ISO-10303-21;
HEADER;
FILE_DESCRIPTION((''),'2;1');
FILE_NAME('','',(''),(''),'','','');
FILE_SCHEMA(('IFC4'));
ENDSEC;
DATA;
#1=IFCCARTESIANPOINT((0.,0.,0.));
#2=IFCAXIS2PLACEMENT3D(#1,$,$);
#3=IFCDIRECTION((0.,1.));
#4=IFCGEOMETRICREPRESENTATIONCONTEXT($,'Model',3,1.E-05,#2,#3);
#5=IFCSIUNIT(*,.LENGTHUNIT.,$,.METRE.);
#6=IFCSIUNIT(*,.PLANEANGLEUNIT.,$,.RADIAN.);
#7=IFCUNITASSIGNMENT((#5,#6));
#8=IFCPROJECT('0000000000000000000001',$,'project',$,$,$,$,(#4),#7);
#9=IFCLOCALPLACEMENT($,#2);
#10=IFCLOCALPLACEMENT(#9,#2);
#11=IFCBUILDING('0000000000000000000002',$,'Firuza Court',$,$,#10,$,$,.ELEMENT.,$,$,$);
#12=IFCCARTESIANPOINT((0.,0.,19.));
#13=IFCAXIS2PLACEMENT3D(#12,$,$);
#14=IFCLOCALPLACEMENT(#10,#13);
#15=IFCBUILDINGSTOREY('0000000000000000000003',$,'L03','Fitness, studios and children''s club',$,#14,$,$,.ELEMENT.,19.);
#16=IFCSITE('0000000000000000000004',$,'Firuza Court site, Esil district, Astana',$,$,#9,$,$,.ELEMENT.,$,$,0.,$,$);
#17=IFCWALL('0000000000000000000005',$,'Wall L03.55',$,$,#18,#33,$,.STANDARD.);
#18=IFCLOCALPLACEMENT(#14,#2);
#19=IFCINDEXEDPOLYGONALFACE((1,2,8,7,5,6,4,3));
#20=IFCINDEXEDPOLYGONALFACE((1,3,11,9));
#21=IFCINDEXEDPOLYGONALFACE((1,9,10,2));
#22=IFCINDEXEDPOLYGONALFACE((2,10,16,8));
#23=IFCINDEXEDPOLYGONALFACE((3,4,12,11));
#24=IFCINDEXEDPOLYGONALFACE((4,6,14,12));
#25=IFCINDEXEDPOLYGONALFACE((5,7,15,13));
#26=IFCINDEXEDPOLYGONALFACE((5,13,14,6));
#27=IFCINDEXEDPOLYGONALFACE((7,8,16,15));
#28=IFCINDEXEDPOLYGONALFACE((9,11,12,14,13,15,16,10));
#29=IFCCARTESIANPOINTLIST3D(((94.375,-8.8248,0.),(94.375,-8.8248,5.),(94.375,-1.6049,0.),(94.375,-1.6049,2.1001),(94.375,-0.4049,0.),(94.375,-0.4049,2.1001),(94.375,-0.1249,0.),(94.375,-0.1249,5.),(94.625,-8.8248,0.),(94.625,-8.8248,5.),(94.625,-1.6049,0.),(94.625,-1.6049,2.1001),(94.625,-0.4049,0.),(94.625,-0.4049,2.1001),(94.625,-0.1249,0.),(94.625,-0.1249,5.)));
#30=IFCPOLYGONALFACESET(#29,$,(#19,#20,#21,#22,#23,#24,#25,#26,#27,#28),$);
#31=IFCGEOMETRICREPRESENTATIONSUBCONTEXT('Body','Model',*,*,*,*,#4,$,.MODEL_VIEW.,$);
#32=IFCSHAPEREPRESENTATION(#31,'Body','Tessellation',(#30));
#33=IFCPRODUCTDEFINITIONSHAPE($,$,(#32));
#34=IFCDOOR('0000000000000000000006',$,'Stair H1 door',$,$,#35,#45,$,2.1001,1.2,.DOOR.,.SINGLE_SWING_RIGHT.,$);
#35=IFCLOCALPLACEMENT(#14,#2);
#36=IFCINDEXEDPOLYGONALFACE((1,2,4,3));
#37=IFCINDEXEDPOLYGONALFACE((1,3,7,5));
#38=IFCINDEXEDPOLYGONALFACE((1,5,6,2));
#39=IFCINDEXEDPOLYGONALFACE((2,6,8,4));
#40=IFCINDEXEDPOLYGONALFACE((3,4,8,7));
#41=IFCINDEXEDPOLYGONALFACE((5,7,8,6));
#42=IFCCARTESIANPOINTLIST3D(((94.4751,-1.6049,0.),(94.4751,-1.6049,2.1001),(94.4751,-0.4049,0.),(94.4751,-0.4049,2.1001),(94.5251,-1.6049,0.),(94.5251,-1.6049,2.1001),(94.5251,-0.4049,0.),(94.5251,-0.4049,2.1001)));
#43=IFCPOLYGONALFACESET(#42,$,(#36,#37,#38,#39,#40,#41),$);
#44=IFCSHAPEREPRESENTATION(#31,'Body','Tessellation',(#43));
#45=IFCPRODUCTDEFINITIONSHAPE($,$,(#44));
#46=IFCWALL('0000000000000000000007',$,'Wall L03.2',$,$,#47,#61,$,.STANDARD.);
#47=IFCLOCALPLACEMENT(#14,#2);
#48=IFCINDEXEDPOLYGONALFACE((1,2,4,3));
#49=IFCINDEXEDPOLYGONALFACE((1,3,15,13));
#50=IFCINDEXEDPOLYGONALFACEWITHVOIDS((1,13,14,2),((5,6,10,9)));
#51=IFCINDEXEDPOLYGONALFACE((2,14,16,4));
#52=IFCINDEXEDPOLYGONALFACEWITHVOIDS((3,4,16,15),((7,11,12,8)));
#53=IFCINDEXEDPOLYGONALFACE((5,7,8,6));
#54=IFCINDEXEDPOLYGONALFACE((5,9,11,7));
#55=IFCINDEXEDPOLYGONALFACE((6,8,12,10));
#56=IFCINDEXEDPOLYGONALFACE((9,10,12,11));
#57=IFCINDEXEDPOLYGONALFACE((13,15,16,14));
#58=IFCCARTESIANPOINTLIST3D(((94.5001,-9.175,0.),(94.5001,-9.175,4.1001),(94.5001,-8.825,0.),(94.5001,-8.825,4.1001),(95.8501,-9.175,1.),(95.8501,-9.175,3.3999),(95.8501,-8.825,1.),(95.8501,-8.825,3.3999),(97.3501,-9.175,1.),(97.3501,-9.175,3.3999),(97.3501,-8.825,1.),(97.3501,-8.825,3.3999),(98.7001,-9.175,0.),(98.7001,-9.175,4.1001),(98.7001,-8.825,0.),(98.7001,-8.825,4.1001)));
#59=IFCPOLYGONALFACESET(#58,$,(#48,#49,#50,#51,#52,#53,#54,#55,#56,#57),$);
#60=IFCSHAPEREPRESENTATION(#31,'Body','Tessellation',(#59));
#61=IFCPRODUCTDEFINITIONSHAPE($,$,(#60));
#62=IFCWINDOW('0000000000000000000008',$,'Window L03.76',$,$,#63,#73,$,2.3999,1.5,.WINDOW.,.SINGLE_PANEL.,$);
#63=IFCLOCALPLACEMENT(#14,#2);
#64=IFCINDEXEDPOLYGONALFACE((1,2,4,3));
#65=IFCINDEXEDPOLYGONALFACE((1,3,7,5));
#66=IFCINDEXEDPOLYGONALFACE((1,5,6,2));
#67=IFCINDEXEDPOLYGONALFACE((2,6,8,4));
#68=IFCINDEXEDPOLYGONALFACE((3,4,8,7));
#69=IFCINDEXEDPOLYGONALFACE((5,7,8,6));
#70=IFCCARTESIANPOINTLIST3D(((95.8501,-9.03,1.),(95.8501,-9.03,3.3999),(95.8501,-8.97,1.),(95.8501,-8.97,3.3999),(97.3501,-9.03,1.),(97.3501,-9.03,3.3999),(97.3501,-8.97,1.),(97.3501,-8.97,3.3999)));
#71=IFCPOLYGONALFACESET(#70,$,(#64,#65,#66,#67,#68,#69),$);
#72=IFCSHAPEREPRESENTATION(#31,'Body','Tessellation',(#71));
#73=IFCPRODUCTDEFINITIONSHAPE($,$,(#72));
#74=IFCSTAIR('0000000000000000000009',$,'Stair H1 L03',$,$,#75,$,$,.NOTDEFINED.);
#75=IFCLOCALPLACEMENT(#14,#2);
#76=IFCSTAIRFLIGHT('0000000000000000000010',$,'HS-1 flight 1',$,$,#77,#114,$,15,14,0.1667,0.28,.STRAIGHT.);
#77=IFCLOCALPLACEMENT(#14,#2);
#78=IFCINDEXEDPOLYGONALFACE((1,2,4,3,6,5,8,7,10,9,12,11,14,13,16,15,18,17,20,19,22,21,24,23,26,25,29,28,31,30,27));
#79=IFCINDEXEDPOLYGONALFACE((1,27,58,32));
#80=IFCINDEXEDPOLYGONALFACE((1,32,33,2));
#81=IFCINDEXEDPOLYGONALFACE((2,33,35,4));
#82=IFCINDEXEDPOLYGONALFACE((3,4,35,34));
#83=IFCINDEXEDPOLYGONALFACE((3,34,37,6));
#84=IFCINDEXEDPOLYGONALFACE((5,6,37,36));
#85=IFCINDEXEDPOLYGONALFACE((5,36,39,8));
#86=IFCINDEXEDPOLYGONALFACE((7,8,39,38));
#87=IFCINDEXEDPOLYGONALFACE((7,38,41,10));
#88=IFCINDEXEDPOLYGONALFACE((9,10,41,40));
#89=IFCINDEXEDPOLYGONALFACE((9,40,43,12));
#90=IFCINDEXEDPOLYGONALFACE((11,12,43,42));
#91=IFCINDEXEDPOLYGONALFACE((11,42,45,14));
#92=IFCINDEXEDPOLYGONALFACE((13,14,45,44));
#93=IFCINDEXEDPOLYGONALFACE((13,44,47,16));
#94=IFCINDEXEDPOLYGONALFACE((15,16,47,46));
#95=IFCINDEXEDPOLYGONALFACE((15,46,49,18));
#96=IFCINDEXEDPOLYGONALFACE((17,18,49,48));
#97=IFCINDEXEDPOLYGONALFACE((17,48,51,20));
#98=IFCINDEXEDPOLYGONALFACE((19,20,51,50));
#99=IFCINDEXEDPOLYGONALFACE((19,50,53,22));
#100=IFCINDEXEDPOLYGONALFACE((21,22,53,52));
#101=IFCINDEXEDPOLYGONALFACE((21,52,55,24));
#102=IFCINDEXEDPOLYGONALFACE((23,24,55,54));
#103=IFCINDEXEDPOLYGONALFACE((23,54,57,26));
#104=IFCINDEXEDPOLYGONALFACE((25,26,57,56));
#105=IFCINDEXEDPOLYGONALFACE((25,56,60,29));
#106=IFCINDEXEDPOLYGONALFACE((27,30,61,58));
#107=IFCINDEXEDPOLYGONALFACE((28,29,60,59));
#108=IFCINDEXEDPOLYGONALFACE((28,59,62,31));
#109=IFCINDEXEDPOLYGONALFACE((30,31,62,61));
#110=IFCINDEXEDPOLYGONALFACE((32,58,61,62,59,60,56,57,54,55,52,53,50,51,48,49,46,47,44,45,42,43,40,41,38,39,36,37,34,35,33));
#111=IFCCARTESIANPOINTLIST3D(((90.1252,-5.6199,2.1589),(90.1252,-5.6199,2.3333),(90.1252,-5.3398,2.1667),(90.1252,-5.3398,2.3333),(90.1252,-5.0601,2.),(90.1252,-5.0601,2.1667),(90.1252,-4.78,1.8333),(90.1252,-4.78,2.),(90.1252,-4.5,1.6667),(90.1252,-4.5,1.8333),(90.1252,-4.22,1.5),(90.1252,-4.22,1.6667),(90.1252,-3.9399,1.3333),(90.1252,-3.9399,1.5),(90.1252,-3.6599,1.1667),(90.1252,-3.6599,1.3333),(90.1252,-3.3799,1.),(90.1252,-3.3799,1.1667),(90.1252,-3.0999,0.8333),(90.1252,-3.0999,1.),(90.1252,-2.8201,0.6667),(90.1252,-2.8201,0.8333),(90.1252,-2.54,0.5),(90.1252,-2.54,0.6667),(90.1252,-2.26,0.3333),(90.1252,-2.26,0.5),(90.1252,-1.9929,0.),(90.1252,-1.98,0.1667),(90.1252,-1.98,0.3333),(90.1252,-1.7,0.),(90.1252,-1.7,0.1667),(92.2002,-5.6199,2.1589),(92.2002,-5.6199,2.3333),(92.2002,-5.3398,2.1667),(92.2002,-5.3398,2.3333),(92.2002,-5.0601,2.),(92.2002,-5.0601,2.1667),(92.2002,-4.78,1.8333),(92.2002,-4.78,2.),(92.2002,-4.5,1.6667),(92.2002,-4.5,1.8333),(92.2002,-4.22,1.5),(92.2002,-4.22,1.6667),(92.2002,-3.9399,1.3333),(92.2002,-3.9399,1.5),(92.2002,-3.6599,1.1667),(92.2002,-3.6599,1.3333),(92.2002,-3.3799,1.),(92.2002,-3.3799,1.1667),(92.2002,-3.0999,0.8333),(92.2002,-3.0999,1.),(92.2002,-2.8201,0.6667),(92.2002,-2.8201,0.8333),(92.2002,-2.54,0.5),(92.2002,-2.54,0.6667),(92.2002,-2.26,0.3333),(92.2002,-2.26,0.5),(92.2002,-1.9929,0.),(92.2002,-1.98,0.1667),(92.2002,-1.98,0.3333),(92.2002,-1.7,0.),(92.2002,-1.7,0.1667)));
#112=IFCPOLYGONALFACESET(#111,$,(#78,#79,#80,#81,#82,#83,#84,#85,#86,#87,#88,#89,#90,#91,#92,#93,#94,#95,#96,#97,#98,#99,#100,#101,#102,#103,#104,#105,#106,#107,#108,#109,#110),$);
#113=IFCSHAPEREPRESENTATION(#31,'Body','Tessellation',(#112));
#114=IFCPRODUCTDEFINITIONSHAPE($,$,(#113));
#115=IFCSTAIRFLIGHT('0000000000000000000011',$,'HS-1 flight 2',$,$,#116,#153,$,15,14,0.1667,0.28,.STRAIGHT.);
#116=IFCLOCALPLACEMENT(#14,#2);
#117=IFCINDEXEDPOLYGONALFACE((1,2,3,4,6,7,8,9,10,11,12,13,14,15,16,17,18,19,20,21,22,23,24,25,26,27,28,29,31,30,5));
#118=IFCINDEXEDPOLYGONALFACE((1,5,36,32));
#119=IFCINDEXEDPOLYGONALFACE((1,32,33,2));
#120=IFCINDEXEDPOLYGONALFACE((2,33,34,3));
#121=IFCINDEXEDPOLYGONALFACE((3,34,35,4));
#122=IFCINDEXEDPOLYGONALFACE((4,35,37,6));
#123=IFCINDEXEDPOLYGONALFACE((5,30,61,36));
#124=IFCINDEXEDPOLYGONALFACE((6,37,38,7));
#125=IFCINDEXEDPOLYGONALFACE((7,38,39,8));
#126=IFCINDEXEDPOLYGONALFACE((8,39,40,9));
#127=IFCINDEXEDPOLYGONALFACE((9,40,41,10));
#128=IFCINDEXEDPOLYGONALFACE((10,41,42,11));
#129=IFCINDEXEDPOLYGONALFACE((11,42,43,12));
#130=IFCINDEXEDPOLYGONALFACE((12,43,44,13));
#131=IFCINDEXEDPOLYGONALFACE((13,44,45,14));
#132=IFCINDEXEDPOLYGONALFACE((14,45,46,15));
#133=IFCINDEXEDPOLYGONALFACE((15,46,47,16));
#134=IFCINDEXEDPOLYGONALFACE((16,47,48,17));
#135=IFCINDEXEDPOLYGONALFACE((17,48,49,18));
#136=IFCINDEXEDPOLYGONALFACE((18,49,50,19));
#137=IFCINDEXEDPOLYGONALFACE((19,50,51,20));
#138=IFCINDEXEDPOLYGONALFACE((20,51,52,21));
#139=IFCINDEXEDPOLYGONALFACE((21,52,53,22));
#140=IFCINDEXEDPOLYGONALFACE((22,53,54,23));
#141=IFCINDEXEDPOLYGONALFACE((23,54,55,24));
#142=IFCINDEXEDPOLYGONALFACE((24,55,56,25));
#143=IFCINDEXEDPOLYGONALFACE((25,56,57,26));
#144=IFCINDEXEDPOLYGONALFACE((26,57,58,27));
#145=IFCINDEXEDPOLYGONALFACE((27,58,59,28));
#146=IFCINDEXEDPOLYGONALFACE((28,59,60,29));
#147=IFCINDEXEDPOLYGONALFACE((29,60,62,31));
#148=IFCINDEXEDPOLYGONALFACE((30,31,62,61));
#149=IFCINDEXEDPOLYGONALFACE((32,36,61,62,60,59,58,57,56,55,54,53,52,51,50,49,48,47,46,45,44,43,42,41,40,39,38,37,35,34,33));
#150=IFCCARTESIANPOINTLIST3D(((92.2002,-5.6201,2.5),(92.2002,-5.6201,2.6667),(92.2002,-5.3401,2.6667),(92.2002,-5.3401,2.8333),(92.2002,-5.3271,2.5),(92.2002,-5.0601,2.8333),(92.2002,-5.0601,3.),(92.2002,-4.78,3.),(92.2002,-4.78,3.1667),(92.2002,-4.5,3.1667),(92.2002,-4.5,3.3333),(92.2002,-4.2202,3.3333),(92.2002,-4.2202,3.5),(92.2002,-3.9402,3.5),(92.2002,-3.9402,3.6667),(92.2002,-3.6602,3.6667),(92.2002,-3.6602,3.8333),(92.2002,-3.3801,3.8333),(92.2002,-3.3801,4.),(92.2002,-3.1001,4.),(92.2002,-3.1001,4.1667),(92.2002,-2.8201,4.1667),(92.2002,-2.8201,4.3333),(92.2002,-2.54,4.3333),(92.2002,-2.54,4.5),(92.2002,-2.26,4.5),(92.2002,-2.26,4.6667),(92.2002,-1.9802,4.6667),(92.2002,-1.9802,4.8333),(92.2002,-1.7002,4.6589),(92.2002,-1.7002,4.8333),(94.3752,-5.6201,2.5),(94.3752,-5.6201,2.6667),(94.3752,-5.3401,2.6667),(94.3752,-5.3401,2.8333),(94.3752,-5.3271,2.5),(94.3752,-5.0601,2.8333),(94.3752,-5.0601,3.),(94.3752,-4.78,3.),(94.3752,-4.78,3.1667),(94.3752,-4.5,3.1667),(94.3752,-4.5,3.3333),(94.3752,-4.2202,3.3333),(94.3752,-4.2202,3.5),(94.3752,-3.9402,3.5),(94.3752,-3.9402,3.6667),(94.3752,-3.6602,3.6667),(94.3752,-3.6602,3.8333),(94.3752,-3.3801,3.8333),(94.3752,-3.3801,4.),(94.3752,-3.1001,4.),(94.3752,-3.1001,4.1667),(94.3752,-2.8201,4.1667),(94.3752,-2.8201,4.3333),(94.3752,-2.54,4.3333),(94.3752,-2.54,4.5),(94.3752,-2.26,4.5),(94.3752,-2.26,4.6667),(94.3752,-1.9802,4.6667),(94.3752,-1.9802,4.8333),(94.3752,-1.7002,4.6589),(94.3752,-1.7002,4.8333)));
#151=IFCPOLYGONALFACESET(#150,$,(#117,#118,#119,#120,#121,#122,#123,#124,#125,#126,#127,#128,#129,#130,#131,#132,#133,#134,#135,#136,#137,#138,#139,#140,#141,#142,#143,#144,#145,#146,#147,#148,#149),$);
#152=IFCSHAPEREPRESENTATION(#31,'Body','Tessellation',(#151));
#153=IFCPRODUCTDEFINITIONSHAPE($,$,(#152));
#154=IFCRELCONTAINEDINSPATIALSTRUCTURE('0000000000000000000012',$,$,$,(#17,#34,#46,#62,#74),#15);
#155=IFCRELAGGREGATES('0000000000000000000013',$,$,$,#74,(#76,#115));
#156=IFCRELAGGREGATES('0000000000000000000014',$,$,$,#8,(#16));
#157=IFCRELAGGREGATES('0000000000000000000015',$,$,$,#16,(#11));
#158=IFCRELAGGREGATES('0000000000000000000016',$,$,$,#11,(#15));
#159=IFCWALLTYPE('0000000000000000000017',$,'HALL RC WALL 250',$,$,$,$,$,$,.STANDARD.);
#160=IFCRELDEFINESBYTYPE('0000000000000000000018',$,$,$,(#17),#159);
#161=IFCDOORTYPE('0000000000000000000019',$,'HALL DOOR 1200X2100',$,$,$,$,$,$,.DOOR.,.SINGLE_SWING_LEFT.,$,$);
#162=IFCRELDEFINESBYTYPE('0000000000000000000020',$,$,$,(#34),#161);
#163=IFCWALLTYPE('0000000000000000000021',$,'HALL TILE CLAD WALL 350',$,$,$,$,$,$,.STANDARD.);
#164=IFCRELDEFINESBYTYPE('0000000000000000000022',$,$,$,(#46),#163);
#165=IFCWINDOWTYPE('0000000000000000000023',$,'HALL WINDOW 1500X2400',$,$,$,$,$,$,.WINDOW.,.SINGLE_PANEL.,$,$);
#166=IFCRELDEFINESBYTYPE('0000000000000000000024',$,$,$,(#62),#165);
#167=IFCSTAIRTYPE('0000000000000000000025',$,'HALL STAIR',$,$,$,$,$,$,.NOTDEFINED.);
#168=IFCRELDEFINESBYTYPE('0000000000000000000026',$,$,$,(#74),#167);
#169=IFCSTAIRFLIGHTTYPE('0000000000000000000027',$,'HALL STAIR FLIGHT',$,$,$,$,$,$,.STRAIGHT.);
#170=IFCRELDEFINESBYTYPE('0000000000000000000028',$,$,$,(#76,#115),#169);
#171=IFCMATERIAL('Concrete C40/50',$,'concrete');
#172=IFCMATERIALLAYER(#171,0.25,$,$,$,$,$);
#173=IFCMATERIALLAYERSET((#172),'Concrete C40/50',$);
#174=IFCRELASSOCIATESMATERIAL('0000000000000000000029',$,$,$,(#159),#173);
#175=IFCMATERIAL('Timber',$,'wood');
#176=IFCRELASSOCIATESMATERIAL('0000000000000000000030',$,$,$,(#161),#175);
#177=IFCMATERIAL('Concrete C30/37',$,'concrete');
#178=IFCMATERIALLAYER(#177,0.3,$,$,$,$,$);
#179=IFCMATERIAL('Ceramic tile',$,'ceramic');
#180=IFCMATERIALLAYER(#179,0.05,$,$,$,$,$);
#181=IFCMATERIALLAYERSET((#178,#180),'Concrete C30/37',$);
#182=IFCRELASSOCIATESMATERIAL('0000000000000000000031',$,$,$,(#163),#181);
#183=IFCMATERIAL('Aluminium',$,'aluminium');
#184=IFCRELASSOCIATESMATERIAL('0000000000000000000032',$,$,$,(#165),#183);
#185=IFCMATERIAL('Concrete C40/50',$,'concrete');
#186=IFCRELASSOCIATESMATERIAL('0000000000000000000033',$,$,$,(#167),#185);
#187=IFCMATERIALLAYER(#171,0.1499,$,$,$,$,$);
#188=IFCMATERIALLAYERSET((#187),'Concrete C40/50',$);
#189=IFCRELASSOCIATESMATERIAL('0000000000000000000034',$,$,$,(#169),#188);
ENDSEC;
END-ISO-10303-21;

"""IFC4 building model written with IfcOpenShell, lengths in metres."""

from ifc_helpers import new_model, si_unit, direction, frame, frame_2d, origin, place, context, subcontext, project, spatial, polyline, rectangle, outline, extrude, material, layer, layer_set, type_object, element, fill, aggregate, save


model = new_model("IFC4")

# Units and contexts
model_context = context("Model", 3, precision=1e-05, world=origin(), true_north=direction((0.0, 1.0)))
body_context = subcontext(model_context, "Body", "Model", "MODEL_VIEW")
ifc_project = project(units=[si_unit("LENGTHUNIT", "METRE"), si_unit("PLANEANGLEUNIT", "RADIAN")], contexts=[model_context])

# Site, building, storey
site_placement = place(None, origin())
site = spatial("IfcSite", under=ifc_project, at=site_placement, Name="Firuza Court site, Esil district, Astana", CompositionType="ELEMENT", RefElevation=0.0)
building_placement = place(site_placement, origin())
building = spatial("IfcBuilding", under=site, at=building_placement, Name="Firuza Court", CompositionType="ELEMENT")
storey_placement = place(building_placement, frame((0.0, 0.0, 19.0)))
storey = spatial("IfcBuildingStorey", under=building, at=storey_placement, Name="L03", Description="Fitness, studios and children's club", CompositionType="ELEMENT", Elevation=19.0)

# Wall, opening, door
ifc_material_1 = material(Name="Concrete C40/50", Category="concrete")
ifc_layer_1 = layer(ifc_material_1, 0.25)
ifc_layer_set_1 = layer_set([ifc_layer_1], Name="Concrete C40/50")
wall_type_1 = type_object("IfcWallType", Name="HALL RC WALL 250", PredefinedType="STANDARD", material=ifc_layer_set_1)
wall_1_placement = place(storey_placement, frame((94.5, -8.825, 0.0), z_axis=(0.0, 0.0, 1.0), x_axis=(0.0, 1.0, 0.0)))
wall_1 = element("IfcWall", 1, at=wall_1_placement, inside=storey, type_object=wall_type_1, Name="Wall L03.55", PredefinedType="STANDARD", context=body_context, shape_type="SweptSolid", body=[
    extrude(rectangle(XDim=8.7, YDim=0.25, at=frame_2d((4.3501, 0.0))), origin(), (0.0, 0.0, 1.0), 5.0),
])
opening_1_placement = place(wall_1_placement, frame((7.22, 0.0, 0.0)))
opening_1 = element("IfcOpeningElement", 2, at=opening_1_placement, cuts=wall_1, PredefinedType="OPENING", context=body_context, shape_type="SweptSolid", body=[
    extrude(rectangle(XDim=1.2, YDim=2.1001, at=frame_2d((0.6001, 1.05))), frame((0.0, 0.137, 0.0), z_axis=(0.0, -1.0, 0.0), x_axis=(1.0, 0.0, 0.0)), (0.0, 0.0, 1.0), 0.2739),
])
ifc_material_2 = material(Name="Timber", Category="wood")
door_type_1 = type_object("IfcDoorType", Name="HALL DOOR 1200X2100", OperationType="SINGLE_SWING_LEFT", PredefinedType="DOOR", material=ifc_material_2)
door_1_placement = place(opening_1_placement, origin())
door_1 = element("IfcDoor", 3, at=door_1_placement, inside=storey, type_object=door_type_1, Name="Stair H1 door", OperationType="SINGLE_SWING_RIGHT", OverallHeight=2.1001, OverallWidth=1.2, PredefinedType="DOOR", context=body_context, shape_type="SweptSolid", body=[
    extrude(rectangle(XDim=1.2, YDim=2.1001, at=frame_2d((0.6001, 1.05))), frame((0.0, 0.0249, 0.0), z_axis=(0.0, -1.0, 0.0), x_axis=(1.0, 0.0, 0.0)), (0.0, 0.0, 1.0), 0.05),
])
fill(opening_1, door_1)

# Wall, opening, window
ifc_material_3 = material(Name="Concrete C30/37", Category="concrete")
ifc_layer_2 = layer(ifc_material_3, 0.3)
ifc_material_4 = material(Name="Ceramic tile", Category="ceramic")
ifc_layer_3 = layer(ifc_material_4, 0.05)
ifc_layer_set_2 = layer_set([ifc_layer_2, ifc_layer_3], Name="Concrete C30/37")
wall_type_2 = type_object("IfcWallType", Name="HALL TILE CLAD WALL 350", PredefinedType="STANDARD", material=ifc_layer_set_2)
wall_2_placement = place(storey_placement, frame((94.5, -9.0, 0.0), z_axis=(0.0, 0.0, 1.0), x_axis=(1.0, 0.0, 0.0)))
wall_2 = element("IfcWall", 4, at=wall_2_placement, inside=storey, type_object=wall_type_2, Name="Wall L03.2", PredefinedType="STANDARD", context=body_context, shape_type="SweptSolid", body=[
    extrude(rectangle(XDim=4.2, YDim=0.3501, at=frame_2d((2.1001, 0.0))), origin(), (0.0, 0.0, 1.0), 4.1001),
])
opening_2_placement = place(wall_2_placement, frame((1.3501, 0.0, 1.0)))
opening_2 = element("IfcOpeningElement", 5, at=opening_2_placement, cuts=wall_2, PredefinedType="OPENING", context=body_context, shape_type="SweptSolid", body=[
    extrude(rectangle(XDim=1.5, YDim=2.3999, at=frame_2d((0.75, 1.2))), frame((0.0, 0.187, 0.0), z_axis=(0.0, -1.0, 0.0), x_axis=(1.0, 0.0, 0.0)), (0.0, 0.0, 1.0), 0.374),
])
ifc_material_5 = material(Name="Aluminium", Category="aluminium")
window_type = type_object("IfcWindowType", Name="HALL WINDOW 1500X2400", PartitioningType="SINGLE_PANEL", PredefinedType="WINDOW", material=ifc_material_5)
window_placement = place(opening_2_placement, origin())
window = element("IfcWindow", 6, at=window_placement, inside=storey, type_object=window_type, Name="Window L03.76", OverallHeight=2.3999, OverallWidth=1.5, PartitioningType="SINGLE_PANEL", PredefinedType="WINDOW", context=body_context, shape_type="SweptSolid", body=[
    extrude(rectangle(XDim=1.5, YDim=2.3999, at=frame_2d((0.75, 1.2))), frame((0.0, 0.03, 0.0), z_axis=(0.0, -1.0, 0.0), x_axis=(1.0, 0.0, 0.0)), (0.0, 0.0, 1.0), 0.0601),
])
fill(opening_2, window)

# Stair, stair flights
ifc_material_6 = material(Name="Concrete C40/50", Category="concrete")
stair_type = type_object("IfcStairType", Name="HALL STAIR", PredefinedType="NOTDEFINED", material=ifc_material_6)
stair_placement = place(storey_placement, origin())
stair = element("IfcStair", 7, at=stair_placement, inside=storey, type_object=stair_type, Name="Stair H1 L03", PredefinedType="NOTDEFINED")
ifc_layer_4 = layer(ifc_material_1, 0.1499)
ifc_layer_set_3 = layer_set([ifc_layer_4], Name="Concrete C40/50")
stair_flight_type = type_object("IfcStairFlightType", Name="HALL STAIR FLIGHT", PredefinedType="STRAIGHT", material=ifc_layer_set_3)
stair_flight_1_placement = place(storey_placement, frame((91.1626, -1.7, 0.0), z_axis=(0.0, 0.0, 1.0), x_axis=(0.0, -1.0, 0.0)))
stair_flight_1 = element("IfcStairFlight", 8, at=stair_flight_1_placement, type_object=stair_flight_type, Name="HS-1 flight 1", NumberOfRisers=15, NumberOfTreads=14, PredefinedType="STRAIGHT", RiserHeight=0.1667, TreadLength=0.28, context=body_context, shape_type="SweptSolid", body=[
    extrude(outline(polyline([(0.0, 0.0), (0.0, 0.1667), (0.28, 0.1667), (0.28, 0.3333), (0.5601, 0.3333), (0.5601, 0.5), (0.8401, 0.5), (0.8401, 0.6667), (1.1201, 0.6667), (1.1201, 0.8333), (1.3999, 0.8333), (1.3999, 1.0), (1.6799, 1.0), (1.6799, 1.1667), (1.96, 1.1667), (1.96, 1.3333), (2.24, 1.3333), (2.24, 1.5), (2.52, 1.5), (2.52, 1.6667), (2.8, 1.6667), (2.8, 1.8333), (3.0801, 1.8333), (3.0801, 2.0), (3.3601, 2.0), (3.3601, 2.1667), (3.6399, 2.1667), (3.6399, 2.3333), (3.9199, 2.3333), (3.9199, 2.5), (3.9199, 2.1589), (0.293, 0.0), (0.0, 0.0)])), frame((0.0, 1.0376, 0.0), z_axis=(0.0, -1.0, 0.0), x_axis=(1.0, 0.0, 0.0)), (0.0, 0.0, 1.0), 2.075),
])
stair_flight_2_placement = place(storey_placement, frame((93.2876, -5.6201, 2.5), z_axis=(0.0, 0.0, 1.0), x_axis=(0.0, 1.0, 0.0)))
stair_flight_2 = element("IfcStairFlight", 9, at=stair_flight_2_placement, type_object=stair_flight_type, Name="HS-1 flight 2", NumberOfRisers=15, NumberOfTreads=14, PredefinedType="STRAIGHT", RiserHeight=0.1667, TreadLength=0.28, context=body_context, shape_type="SweptSolid", body=[
    extrude(outline(polyline([(0.0, 0.0), (0.0, 0.1667), (0.28, 0.1667), (0.28, 0.3333), (0.5601, 0.3333), (0.5601, 0.5), (0.8401, 0.5), (0.8401, 0.6667), (1.1201, 0.6667), (1.1201, 0.8333), (1.3999, 0.8333), (1.3999, 1.0), (1.6799, 1.0), (1.6799, 1.1667), (1.96, 1.1667), (1.96, 1.3333), (2.24, 1.3333), (2.24, 1.5), (2.52, 1.5), (2.52, 1.6667), (2.8, 1.6667), (2.8, 1.8333), (3.0801, 1.8333), (3.0801, 2.0), (3.3601, 2.0), (3.3601, 2.1667), (3.6399, 2.1667), (3.6399, 2.3333), (3.9199, 2.3333), (3.9199, 2.5), (3.9199, 2.1589), (0.293, 0.0), (0.0, 0.0)])), frame((0.0, 1.0874, 0.0), z_axis=(0.0, -1.0, 0.0), x_axis=(1.0, 0.0, 0.0)), (0.0, 0.0, 1.0), 2.175),
])
aggregate(stair, [stair_flight_1, stair_flight_2])

save(model, "model.ifc")
